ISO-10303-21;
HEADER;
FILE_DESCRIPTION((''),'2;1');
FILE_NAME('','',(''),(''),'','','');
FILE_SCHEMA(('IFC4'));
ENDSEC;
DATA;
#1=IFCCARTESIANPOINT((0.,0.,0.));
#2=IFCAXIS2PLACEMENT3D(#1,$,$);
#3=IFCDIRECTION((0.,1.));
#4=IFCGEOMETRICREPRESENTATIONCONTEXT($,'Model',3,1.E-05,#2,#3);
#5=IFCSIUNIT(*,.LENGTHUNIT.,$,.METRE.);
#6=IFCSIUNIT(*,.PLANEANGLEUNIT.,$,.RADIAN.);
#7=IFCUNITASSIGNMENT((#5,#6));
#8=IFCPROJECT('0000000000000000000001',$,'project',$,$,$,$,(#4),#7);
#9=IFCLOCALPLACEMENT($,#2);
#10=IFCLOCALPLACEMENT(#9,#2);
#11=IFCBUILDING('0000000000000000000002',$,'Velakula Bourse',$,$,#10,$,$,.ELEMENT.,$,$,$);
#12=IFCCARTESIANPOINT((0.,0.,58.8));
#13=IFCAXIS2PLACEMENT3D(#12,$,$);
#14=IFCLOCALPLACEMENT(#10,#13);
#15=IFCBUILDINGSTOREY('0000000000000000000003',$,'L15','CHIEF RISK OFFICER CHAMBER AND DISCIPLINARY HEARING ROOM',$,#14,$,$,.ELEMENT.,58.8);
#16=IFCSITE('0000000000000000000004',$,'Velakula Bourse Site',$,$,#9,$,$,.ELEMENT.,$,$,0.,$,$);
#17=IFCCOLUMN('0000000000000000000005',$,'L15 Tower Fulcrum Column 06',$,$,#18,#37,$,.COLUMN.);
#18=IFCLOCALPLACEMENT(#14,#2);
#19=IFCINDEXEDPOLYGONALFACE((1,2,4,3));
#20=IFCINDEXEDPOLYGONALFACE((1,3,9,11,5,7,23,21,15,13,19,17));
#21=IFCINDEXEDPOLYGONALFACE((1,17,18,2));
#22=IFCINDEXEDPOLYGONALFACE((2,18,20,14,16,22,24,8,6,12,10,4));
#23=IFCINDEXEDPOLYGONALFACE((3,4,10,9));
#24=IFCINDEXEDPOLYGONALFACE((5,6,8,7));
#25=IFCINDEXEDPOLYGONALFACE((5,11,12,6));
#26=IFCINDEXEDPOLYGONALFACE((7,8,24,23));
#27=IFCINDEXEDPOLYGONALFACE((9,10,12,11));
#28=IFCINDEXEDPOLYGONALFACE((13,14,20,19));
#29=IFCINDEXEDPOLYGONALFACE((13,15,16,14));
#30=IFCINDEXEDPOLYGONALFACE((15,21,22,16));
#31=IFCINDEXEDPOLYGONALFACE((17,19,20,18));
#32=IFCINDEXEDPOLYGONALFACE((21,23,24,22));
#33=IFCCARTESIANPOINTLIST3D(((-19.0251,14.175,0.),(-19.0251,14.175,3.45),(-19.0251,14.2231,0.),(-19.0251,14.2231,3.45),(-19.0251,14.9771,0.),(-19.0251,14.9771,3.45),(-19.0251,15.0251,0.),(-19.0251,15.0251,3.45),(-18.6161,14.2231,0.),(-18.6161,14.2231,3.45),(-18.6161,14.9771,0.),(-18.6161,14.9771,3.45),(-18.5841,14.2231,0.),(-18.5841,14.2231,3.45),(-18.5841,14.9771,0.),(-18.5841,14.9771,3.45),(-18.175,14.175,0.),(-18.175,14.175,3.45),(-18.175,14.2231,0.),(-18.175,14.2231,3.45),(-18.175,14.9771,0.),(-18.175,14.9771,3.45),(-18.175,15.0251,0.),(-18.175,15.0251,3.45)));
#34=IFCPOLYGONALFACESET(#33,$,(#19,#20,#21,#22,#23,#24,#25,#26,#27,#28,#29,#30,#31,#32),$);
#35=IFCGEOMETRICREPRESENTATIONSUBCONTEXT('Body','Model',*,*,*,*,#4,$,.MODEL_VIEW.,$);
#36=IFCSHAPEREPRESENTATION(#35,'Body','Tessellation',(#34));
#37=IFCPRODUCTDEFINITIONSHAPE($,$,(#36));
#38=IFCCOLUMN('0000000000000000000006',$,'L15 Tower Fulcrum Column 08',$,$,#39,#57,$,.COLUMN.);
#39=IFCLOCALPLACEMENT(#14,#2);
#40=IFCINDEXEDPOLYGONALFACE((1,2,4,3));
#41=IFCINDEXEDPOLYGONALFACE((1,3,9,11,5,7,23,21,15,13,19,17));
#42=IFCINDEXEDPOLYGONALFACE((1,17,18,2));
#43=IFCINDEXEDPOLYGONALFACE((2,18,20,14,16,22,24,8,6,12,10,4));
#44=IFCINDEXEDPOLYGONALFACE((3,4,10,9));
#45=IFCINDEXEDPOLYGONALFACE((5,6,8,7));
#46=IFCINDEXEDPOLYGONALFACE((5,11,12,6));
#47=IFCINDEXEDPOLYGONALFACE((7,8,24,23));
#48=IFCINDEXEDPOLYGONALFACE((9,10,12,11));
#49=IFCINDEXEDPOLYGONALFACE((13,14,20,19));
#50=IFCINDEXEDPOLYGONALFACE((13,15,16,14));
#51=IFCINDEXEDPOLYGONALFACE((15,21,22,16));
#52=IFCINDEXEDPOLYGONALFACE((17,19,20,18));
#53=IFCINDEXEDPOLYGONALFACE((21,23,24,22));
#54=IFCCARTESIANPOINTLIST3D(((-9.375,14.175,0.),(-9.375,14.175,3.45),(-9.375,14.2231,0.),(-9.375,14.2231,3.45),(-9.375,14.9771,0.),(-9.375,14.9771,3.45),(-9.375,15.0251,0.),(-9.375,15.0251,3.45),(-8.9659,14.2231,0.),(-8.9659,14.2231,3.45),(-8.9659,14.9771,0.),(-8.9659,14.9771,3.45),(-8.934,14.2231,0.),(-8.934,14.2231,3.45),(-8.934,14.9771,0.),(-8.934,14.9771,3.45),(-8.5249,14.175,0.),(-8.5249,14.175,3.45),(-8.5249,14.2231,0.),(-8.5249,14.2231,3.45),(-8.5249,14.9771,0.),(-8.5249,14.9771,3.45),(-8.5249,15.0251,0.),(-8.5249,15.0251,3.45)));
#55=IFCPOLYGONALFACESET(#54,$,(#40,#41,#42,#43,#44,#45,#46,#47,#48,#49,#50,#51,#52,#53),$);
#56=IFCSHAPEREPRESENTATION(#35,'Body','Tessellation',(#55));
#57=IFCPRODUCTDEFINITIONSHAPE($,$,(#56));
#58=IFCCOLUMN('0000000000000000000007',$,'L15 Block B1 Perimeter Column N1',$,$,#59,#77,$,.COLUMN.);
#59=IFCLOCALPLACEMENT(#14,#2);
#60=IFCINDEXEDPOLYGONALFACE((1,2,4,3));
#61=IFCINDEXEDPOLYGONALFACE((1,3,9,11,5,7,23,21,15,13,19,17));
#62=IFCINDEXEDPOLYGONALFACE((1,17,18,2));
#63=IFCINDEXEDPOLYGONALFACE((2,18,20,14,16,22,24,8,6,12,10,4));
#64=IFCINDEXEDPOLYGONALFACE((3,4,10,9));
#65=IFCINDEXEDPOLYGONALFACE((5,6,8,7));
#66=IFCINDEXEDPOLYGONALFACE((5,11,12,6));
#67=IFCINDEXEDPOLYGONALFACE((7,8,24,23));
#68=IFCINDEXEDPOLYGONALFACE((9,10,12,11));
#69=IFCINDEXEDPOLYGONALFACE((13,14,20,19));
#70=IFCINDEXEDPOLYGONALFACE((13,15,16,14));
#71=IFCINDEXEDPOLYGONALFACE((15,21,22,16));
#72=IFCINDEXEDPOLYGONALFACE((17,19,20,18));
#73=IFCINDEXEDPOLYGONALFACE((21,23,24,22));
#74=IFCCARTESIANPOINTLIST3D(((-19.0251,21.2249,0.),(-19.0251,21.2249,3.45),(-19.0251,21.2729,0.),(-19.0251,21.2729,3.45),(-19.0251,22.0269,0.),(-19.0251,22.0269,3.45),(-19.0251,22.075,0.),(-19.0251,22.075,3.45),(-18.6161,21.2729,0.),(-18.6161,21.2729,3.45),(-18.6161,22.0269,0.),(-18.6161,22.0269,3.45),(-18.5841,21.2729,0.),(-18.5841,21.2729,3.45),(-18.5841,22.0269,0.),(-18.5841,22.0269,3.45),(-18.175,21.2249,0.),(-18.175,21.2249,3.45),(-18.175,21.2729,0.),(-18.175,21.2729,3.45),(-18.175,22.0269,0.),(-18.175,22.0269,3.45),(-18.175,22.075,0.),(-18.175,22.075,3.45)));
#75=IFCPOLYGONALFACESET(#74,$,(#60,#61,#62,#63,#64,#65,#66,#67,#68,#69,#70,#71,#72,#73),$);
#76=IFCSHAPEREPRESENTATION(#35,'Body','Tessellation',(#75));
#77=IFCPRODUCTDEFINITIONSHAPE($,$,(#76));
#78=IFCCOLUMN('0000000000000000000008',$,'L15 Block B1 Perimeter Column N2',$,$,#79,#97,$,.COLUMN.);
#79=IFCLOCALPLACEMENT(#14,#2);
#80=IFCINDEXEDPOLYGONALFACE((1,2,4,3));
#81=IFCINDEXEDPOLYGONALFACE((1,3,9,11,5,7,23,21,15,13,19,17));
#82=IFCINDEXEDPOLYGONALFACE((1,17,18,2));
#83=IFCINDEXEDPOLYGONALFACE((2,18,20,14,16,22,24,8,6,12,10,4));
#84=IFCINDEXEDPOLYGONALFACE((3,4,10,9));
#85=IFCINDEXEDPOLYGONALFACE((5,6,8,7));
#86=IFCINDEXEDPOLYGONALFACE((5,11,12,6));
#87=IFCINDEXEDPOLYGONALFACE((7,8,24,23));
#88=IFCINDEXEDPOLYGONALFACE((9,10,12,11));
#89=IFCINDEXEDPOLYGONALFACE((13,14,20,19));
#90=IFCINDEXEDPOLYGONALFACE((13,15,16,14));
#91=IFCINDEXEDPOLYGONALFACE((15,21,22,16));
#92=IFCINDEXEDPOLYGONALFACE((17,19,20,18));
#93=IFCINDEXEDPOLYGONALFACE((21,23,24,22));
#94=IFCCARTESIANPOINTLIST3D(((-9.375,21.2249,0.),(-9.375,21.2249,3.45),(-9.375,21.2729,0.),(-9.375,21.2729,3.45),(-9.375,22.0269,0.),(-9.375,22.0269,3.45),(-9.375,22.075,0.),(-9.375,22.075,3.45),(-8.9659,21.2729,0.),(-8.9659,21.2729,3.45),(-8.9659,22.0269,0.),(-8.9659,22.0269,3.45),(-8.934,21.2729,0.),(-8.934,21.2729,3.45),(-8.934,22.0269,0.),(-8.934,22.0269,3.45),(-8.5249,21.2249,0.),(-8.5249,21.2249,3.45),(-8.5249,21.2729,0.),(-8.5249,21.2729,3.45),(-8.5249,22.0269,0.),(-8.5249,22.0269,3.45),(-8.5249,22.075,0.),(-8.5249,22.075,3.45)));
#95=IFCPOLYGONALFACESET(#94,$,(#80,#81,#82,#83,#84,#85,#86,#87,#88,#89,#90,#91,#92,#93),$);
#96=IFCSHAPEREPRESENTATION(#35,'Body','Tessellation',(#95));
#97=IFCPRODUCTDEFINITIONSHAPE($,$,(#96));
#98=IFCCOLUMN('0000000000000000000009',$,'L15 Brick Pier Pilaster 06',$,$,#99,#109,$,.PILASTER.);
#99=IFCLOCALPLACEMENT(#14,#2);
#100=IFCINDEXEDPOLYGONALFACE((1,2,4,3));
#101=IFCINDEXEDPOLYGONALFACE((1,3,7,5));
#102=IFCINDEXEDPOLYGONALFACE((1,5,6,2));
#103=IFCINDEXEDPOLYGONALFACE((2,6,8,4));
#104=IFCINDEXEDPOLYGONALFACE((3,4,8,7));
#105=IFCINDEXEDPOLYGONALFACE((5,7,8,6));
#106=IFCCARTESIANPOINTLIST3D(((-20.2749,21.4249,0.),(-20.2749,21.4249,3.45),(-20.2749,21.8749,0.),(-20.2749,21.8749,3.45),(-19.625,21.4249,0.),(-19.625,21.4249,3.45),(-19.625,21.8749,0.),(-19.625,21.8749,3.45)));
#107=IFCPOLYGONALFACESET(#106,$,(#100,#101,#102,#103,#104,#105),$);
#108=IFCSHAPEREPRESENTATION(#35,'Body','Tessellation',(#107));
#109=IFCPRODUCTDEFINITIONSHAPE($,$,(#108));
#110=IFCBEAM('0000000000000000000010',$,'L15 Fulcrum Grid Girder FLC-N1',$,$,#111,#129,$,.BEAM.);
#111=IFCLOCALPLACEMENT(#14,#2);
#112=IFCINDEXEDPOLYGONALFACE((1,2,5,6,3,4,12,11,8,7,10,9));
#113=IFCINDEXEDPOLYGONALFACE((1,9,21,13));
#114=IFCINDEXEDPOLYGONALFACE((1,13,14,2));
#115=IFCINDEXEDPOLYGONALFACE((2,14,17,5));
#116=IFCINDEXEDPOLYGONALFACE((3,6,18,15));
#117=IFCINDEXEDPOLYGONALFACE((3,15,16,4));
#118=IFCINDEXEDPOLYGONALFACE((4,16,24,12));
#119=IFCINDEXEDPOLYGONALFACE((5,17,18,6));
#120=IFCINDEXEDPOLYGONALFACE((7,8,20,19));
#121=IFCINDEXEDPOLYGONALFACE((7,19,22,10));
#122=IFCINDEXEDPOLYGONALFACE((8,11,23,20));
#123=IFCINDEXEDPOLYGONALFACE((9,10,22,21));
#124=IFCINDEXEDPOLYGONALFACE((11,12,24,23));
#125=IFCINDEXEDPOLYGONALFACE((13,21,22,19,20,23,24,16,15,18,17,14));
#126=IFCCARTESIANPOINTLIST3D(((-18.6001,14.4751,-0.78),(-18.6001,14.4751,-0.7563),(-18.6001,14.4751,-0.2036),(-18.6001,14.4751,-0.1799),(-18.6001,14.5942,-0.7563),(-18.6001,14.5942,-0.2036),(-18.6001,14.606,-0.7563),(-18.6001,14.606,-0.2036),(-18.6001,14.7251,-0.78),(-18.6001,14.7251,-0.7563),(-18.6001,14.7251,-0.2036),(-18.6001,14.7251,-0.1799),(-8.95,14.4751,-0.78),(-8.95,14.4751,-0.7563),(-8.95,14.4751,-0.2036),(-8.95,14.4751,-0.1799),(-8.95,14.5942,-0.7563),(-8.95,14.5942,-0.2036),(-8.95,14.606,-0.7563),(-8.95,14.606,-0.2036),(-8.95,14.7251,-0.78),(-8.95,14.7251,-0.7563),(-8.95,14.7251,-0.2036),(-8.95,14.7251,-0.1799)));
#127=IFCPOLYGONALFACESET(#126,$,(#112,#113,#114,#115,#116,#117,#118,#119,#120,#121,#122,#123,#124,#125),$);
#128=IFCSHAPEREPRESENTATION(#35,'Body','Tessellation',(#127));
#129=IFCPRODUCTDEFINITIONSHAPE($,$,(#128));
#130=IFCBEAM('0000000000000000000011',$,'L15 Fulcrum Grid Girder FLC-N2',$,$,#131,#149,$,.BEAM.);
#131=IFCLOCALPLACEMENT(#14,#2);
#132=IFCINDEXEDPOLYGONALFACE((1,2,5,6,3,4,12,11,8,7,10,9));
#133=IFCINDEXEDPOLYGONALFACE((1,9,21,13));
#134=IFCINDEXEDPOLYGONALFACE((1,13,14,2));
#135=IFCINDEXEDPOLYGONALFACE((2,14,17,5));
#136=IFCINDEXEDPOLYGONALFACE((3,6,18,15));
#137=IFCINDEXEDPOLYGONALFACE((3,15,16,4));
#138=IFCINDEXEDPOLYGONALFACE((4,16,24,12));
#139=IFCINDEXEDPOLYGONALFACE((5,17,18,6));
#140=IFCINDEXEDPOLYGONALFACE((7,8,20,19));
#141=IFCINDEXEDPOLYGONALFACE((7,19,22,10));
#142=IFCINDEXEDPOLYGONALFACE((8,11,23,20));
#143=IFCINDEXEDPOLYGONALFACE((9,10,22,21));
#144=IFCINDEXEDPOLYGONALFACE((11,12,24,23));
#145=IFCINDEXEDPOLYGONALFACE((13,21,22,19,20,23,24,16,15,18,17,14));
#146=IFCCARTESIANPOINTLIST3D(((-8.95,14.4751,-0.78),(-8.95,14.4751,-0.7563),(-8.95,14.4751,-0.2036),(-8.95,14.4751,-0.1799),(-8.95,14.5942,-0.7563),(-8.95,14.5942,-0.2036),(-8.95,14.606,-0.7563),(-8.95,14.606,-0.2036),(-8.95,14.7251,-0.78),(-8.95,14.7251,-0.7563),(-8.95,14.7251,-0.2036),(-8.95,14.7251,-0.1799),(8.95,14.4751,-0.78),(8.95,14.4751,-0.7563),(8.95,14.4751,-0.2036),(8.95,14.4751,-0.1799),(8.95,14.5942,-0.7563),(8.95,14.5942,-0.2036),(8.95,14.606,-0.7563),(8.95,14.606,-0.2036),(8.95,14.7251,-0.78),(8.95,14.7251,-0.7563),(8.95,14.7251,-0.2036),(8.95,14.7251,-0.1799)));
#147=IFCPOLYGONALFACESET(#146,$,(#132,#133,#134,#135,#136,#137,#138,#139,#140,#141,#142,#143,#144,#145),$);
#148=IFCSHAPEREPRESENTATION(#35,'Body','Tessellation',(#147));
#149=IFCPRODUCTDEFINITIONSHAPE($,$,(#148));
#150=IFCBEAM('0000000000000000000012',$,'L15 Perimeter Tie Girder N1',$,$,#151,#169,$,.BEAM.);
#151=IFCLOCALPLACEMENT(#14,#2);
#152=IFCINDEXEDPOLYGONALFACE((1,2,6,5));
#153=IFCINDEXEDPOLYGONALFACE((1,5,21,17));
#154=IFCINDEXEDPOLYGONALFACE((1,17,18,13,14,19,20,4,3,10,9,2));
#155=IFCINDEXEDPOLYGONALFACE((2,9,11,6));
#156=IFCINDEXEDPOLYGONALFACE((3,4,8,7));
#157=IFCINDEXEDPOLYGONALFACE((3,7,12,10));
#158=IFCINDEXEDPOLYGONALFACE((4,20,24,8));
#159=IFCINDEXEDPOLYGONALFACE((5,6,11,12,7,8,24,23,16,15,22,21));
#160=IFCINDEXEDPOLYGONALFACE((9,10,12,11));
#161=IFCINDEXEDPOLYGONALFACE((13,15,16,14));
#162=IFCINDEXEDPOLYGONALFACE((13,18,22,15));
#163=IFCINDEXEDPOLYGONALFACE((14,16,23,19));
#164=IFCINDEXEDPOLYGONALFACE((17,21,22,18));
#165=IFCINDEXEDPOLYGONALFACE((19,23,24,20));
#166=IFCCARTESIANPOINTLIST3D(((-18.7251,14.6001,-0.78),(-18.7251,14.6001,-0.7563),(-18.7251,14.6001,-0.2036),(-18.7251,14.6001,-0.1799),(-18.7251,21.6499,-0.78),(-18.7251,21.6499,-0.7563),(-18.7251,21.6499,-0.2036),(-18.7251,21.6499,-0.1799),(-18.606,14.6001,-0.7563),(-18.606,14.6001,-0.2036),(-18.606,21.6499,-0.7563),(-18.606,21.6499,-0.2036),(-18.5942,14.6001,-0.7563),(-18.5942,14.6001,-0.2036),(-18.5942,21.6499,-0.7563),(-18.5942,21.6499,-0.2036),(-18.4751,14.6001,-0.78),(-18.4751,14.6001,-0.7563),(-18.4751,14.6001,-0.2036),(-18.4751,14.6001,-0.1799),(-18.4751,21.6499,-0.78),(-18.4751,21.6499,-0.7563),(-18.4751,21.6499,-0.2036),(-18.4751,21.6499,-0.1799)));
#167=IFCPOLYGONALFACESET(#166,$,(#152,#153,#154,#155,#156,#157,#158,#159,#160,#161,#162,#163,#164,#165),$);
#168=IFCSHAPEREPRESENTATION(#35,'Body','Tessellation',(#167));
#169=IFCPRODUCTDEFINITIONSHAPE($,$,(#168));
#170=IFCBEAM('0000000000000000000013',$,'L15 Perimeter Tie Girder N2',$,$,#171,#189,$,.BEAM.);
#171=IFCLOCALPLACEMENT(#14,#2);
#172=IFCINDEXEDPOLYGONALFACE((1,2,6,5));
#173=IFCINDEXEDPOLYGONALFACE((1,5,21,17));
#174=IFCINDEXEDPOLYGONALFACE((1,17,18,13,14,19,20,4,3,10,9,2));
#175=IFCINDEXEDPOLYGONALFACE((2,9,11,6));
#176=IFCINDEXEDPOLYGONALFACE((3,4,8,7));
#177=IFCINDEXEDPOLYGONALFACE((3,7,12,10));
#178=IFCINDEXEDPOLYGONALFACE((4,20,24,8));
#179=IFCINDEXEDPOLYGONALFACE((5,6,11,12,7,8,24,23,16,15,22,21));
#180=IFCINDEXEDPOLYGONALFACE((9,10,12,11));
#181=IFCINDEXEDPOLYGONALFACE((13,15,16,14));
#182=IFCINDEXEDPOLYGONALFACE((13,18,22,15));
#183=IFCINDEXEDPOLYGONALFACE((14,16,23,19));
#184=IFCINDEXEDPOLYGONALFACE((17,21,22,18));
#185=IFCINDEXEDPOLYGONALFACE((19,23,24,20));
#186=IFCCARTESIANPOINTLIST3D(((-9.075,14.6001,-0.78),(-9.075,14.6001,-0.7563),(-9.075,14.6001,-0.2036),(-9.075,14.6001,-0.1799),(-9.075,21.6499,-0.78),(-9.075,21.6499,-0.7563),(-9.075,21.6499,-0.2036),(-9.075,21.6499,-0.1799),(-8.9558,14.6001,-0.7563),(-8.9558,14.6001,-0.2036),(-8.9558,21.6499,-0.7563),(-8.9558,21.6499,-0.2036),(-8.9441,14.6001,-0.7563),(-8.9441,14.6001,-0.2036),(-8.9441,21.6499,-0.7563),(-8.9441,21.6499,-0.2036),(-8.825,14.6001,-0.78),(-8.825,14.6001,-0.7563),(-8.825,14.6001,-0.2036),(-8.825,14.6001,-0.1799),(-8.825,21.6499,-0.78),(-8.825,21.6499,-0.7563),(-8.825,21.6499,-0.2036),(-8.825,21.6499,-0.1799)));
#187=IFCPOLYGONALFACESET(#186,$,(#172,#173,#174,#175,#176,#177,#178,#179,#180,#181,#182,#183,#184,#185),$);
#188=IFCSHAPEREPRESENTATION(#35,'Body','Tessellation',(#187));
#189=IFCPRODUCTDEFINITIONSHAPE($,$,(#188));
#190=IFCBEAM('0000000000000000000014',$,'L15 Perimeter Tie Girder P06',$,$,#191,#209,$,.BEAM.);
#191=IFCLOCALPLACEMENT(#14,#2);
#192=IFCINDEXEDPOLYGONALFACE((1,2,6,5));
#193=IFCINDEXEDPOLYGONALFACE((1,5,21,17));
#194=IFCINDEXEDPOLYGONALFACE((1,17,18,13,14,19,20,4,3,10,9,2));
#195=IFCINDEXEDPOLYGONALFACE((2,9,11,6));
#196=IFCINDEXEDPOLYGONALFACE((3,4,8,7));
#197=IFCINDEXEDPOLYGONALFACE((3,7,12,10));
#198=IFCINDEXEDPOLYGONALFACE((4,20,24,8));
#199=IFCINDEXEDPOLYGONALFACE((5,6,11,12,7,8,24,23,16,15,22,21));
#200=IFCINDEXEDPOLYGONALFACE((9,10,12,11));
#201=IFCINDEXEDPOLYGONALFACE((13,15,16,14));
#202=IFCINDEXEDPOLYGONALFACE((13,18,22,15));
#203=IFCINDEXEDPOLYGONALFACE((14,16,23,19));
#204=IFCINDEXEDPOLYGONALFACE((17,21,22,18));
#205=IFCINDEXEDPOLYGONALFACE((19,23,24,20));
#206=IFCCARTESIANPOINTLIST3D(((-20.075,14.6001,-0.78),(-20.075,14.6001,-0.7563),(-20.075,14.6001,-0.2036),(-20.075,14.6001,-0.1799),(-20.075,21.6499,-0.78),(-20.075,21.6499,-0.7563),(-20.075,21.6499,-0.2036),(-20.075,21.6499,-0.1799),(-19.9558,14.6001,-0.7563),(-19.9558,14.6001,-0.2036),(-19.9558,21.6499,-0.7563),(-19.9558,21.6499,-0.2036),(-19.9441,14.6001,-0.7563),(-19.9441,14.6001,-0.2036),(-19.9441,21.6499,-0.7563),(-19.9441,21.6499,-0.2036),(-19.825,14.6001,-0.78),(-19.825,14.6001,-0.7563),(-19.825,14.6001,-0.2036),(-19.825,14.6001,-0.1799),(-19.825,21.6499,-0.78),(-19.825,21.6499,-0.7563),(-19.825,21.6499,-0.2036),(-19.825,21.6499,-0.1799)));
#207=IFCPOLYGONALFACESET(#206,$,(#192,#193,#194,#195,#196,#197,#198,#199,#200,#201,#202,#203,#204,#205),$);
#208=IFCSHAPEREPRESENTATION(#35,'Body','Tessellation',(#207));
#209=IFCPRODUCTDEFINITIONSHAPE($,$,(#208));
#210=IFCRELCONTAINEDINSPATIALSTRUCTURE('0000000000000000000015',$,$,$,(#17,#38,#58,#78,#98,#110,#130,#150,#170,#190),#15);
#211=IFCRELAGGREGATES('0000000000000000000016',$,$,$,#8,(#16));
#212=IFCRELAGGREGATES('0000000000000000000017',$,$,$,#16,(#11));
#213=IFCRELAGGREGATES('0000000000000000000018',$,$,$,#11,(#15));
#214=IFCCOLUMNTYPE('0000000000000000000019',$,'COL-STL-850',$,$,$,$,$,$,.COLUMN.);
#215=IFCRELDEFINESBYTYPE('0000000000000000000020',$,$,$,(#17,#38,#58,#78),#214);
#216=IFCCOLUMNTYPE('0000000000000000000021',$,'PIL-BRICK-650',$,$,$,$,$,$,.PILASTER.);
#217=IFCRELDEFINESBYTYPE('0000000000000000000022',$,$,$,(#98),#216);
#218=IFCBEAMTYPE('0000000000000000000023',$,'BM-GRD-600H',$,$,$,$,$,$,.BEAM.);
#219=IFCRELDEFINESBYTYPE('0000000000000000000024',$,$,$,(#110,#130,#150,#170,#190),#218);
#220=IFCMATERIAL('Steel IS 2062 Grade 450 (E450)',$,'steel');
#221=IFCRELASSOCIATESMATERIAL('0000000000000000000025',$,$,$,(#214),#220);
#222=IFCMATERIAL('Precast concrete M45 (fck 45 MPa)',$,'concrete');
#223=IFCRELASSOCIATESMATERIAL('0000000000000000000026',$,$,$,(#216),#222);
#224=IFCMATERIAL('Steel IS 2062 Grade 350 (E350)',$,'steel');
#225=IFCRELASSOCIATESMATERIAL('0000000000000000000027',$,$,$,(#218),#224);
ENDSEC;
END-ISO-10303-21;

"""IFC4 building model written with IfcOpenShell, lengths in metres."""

from ifc_helpers import new_model, si_unit, direction, frame, origin, origin_2d, place, context, subcontext, project, spatial, rectangle, i_section, extrude, material, material_profile, profile_set, type_object, element, save


model = new_model("IFC4")

# Units and contexts
model_context = context("Model", 3, precision=1e-05, world=origin(), true_north=direction((0.0, 1.0)))
body_context = subcontext(model_context, "Body", "Model", "MODEL_VIEW")
ifc_project = project(units=[si_unit("LENGTHUNIT", "METRE"), si_unit("PLANEANGLEUNIT", "RADIAN")], contexts=[model_context])

# Site, building, storey
site_placement = place(None, origin())
site = spatial("IfcSite", under=ifc_project, at=site_placement, Name="Velakula Bourse Site", CompositionType="ELEMENT", RefElevation=0.0)
building_placement = place(site_placement, origin())
building = spatial("IfcBuilding", under=site, at=building_placement, Name="Velakula Bourse", CompositionType="ELEMENT")
storey_placement = place(building_placement, frame((0.0, 0.0, 58.8)))
storey = spatial("IfcBuildingStorey", under=building, at=storey_placement, Name="L15", Description="CHIEF RISK OFFICER CHAMBER AND DISCIPLINARY HEARING ROOM", CompositionType="ELEMENT", Elevation=58.8)

# Columns
ifc_material_1 = material(Name="Steel IS 2062 Grade 450 (E450)", Category="steel")
ifc_material_profile_1 = material_profile(ifc_material_1, i_section(OverallWidth=0.8501, OverallDepth=0.8501, WebThickness=0.032, FlangeThickness=0.0481, at=origin_2d()), Name="Steel IS 2062 Grade 450 (E450)")
ifc_profile_set_1 = profile_set([ifc_material_profile_1], Name="Steel IS 2062 Grade 450 (E450)")
column_type_1 = type_object("IfcColumnType", Name="COL-STL-850", PredefinedType="COLUMN", material=ifc_profile_set_1)
for number, where, z_axis, x_axis, name in (
    (1, (-18.6001, 14.6001, 0.0), (0.0, 0.0, 1.0), (1.0, 0.0, 0.0), "L15 Tower Fulcrum Column 06"),
    (2, (-8.95, 14.6001, 0.0), (0.0, 0.0, 1.0), (1.0, 0.0, 0.0), "L15 Tower Fulcrum Column 08"),
    (3, (-18.6001, 21.6499, 0.0), (0.0, 0.0, 1.0), (1.0, 0.0, 0.0), "L15 Block B1 Perimeter Column N1"),
    (4, (-8.95, 21.6499, 0.0), (0.0, 0.0, 1.0), (1.0, 0.0, 0.0), "L15 Block B1 Perimeter Column N2"),
):
    element("IfcColumn", number, at=place(storey_placement, frame(where, z_axis=z_axis, x_axis=x_axis)), inside=storey, type_object=column_type_1, Name=name, PredefinedType="COLUMN", context=body_context, shape_type="SweptSolid", body=[
        extrude(i_section(OverallWidth=0.8501, OverallDepth=0.8501, WebThickness=0.032, FlangeThickness=0.0481, at=origin_2d()), origin(), (0.0, 0.0, 1.0), 3.45),
    ])
ifc_material_2 = material(Name="Precast concrete M45 (fck 45 MPa)", Category="concrete")
ifc_material_profile_2 = material_profile(ifc_material_2, rectangle(XDim=0.6499, YDim=0.45, at=origin_2d()), Name="Precast concrete M45 (fck 45 MPa)")
ifc_profile_set_2 = profile_set([ifc_material_profile_2], Name="Precast concrete M45 (fck 45 MPa)")
column_type_2 = type_object("IfcColumnType", Name="PIL-BRICK-650", PredefinedType="PILASTER", material=ifc_profile_set_2)
column_placement = place(storey_placement, frame((-19.95, 21.6499, 0.0), z_axis=(0.0, 0.0, 1.0), x_axis=(1.0, 0.0, 0.0)))
element("IfcColumn", 5, at=column_placement, inside=storey, type_object=column_type_2, Name="L15 Brick Pier Pilaster 06", PredefinedType="PILASTER", context=body_context, shape_type="SweptSolid", body=[
    extrude(rectangle(XDim=0.6499, YDim=0.45, at=origin_2d()), origin(), (0.0, 0.0, 1.0), 3.45),
])

# Beams
ifc_material_3 = material(Name="Steel IS 2062 Grade 350 (E350)", Category="steel")
ifc_material_profile_3 = material_profile(ifc_material_3, i_section(OverallWidth=0.25, OverallDepth=0.6001, WebThickness=0.0117, FlangeThickness=0.0237, at=origin_2d()), Name="Steel IS 2062 Grade 350 (E350)")
ifc_profile_set_3 = profile_set([ifc_material_profile_3], Name="Steel IS 2062 Grade 350 (E350)")
beam_type_1 = type_object("IfcBeamType", Name="BM-GRD-600H", PredefinedType="BEAM", material=ifc_profile_set_3)
beam_1_placement = place(storey_placement, frame((-18.6001, 14.6001, -0.48), z_axis=(1.0, 0.0, 0.0), x_axis=(0.0, 1.0, 0.0)))
element("IfcBeam", 6, at=beam_1_placement, inside=storey, type_object=beam_type_1, Name="L15 Fulcrum Grid Girder FLC-N1", PredefinedType="BEAM", context=body_context, shape_type="SweptSolid", body=[
    extrude(i_section(OverallWidth=0.25, OverallDepth=0.6001, WebThickness=0.0117, FlangeThickness=0.0237, at=origin_2d()), origin(), (0.0, 0.0, 1.0), 9.6501),
])
beam_2_placement = place(storey_placement, frame((-8.95, 14.6001, -0.48), z_axis=(1.0, 0.0, 0.0), x_axis=(0.0, 1.0, 0.0)))
element("IfcBeam", 7, at=beam_2_placement, inside=storey, type_object=beam_type_1, Name="L15 Fulcrum Grid Girder FLC-N2", PredefinedType="BEAM", context=body_context, shape_type="SweptSolid", body=[
    extrude(i_section(OverallWidth=0.25, OverallDepth=0.6001, WebThickness=0.0117, FlangeThickness=0.0237, at=origin_2d()), origin(), (0.0, 0.0, 1.0), 17.8999),
])
for number, where, z_axis, x_axis, name in (
    (8, (-18.6001, 14.6001, -0.48), (0.0, 1.0, 0.0), (-1.0, 0.0, 0.0), "L15 Perimeter Tie Girder N1"),
    (9, (-8.95, 14.6001, -0.48), (0.0, 1.0, 0.0), (-1.0, 0.0, 0.0), "L15 Perimeter Tie Girder N2"),
    (10, (-19.95, 14.6001, -0.48), (0.0, 1.0, 0.0), (-1.0, 0.0, 0.0), "L15 Perimeter Tie Girder P06"),
):
    element("IfcBeam", number, at=place(storey_placement, frame(where, z_axis=z_axis, x_axis=x_axis)), inside=storey, type_object=beam_type_1, Name=name, PredefinedType="BEAM", context=body_context, shape_type="SweptSolid", body=[
        extrude(i_section(OverallWidth=0.25, OverallDepth=0.6001, WebThickness=0.0117, FlangeThickness=0.0237, at=origin_2d()), origin(), (0.0, 0.0, 1.0), 7.0498),
    ])

save(model, "model.ifc")
